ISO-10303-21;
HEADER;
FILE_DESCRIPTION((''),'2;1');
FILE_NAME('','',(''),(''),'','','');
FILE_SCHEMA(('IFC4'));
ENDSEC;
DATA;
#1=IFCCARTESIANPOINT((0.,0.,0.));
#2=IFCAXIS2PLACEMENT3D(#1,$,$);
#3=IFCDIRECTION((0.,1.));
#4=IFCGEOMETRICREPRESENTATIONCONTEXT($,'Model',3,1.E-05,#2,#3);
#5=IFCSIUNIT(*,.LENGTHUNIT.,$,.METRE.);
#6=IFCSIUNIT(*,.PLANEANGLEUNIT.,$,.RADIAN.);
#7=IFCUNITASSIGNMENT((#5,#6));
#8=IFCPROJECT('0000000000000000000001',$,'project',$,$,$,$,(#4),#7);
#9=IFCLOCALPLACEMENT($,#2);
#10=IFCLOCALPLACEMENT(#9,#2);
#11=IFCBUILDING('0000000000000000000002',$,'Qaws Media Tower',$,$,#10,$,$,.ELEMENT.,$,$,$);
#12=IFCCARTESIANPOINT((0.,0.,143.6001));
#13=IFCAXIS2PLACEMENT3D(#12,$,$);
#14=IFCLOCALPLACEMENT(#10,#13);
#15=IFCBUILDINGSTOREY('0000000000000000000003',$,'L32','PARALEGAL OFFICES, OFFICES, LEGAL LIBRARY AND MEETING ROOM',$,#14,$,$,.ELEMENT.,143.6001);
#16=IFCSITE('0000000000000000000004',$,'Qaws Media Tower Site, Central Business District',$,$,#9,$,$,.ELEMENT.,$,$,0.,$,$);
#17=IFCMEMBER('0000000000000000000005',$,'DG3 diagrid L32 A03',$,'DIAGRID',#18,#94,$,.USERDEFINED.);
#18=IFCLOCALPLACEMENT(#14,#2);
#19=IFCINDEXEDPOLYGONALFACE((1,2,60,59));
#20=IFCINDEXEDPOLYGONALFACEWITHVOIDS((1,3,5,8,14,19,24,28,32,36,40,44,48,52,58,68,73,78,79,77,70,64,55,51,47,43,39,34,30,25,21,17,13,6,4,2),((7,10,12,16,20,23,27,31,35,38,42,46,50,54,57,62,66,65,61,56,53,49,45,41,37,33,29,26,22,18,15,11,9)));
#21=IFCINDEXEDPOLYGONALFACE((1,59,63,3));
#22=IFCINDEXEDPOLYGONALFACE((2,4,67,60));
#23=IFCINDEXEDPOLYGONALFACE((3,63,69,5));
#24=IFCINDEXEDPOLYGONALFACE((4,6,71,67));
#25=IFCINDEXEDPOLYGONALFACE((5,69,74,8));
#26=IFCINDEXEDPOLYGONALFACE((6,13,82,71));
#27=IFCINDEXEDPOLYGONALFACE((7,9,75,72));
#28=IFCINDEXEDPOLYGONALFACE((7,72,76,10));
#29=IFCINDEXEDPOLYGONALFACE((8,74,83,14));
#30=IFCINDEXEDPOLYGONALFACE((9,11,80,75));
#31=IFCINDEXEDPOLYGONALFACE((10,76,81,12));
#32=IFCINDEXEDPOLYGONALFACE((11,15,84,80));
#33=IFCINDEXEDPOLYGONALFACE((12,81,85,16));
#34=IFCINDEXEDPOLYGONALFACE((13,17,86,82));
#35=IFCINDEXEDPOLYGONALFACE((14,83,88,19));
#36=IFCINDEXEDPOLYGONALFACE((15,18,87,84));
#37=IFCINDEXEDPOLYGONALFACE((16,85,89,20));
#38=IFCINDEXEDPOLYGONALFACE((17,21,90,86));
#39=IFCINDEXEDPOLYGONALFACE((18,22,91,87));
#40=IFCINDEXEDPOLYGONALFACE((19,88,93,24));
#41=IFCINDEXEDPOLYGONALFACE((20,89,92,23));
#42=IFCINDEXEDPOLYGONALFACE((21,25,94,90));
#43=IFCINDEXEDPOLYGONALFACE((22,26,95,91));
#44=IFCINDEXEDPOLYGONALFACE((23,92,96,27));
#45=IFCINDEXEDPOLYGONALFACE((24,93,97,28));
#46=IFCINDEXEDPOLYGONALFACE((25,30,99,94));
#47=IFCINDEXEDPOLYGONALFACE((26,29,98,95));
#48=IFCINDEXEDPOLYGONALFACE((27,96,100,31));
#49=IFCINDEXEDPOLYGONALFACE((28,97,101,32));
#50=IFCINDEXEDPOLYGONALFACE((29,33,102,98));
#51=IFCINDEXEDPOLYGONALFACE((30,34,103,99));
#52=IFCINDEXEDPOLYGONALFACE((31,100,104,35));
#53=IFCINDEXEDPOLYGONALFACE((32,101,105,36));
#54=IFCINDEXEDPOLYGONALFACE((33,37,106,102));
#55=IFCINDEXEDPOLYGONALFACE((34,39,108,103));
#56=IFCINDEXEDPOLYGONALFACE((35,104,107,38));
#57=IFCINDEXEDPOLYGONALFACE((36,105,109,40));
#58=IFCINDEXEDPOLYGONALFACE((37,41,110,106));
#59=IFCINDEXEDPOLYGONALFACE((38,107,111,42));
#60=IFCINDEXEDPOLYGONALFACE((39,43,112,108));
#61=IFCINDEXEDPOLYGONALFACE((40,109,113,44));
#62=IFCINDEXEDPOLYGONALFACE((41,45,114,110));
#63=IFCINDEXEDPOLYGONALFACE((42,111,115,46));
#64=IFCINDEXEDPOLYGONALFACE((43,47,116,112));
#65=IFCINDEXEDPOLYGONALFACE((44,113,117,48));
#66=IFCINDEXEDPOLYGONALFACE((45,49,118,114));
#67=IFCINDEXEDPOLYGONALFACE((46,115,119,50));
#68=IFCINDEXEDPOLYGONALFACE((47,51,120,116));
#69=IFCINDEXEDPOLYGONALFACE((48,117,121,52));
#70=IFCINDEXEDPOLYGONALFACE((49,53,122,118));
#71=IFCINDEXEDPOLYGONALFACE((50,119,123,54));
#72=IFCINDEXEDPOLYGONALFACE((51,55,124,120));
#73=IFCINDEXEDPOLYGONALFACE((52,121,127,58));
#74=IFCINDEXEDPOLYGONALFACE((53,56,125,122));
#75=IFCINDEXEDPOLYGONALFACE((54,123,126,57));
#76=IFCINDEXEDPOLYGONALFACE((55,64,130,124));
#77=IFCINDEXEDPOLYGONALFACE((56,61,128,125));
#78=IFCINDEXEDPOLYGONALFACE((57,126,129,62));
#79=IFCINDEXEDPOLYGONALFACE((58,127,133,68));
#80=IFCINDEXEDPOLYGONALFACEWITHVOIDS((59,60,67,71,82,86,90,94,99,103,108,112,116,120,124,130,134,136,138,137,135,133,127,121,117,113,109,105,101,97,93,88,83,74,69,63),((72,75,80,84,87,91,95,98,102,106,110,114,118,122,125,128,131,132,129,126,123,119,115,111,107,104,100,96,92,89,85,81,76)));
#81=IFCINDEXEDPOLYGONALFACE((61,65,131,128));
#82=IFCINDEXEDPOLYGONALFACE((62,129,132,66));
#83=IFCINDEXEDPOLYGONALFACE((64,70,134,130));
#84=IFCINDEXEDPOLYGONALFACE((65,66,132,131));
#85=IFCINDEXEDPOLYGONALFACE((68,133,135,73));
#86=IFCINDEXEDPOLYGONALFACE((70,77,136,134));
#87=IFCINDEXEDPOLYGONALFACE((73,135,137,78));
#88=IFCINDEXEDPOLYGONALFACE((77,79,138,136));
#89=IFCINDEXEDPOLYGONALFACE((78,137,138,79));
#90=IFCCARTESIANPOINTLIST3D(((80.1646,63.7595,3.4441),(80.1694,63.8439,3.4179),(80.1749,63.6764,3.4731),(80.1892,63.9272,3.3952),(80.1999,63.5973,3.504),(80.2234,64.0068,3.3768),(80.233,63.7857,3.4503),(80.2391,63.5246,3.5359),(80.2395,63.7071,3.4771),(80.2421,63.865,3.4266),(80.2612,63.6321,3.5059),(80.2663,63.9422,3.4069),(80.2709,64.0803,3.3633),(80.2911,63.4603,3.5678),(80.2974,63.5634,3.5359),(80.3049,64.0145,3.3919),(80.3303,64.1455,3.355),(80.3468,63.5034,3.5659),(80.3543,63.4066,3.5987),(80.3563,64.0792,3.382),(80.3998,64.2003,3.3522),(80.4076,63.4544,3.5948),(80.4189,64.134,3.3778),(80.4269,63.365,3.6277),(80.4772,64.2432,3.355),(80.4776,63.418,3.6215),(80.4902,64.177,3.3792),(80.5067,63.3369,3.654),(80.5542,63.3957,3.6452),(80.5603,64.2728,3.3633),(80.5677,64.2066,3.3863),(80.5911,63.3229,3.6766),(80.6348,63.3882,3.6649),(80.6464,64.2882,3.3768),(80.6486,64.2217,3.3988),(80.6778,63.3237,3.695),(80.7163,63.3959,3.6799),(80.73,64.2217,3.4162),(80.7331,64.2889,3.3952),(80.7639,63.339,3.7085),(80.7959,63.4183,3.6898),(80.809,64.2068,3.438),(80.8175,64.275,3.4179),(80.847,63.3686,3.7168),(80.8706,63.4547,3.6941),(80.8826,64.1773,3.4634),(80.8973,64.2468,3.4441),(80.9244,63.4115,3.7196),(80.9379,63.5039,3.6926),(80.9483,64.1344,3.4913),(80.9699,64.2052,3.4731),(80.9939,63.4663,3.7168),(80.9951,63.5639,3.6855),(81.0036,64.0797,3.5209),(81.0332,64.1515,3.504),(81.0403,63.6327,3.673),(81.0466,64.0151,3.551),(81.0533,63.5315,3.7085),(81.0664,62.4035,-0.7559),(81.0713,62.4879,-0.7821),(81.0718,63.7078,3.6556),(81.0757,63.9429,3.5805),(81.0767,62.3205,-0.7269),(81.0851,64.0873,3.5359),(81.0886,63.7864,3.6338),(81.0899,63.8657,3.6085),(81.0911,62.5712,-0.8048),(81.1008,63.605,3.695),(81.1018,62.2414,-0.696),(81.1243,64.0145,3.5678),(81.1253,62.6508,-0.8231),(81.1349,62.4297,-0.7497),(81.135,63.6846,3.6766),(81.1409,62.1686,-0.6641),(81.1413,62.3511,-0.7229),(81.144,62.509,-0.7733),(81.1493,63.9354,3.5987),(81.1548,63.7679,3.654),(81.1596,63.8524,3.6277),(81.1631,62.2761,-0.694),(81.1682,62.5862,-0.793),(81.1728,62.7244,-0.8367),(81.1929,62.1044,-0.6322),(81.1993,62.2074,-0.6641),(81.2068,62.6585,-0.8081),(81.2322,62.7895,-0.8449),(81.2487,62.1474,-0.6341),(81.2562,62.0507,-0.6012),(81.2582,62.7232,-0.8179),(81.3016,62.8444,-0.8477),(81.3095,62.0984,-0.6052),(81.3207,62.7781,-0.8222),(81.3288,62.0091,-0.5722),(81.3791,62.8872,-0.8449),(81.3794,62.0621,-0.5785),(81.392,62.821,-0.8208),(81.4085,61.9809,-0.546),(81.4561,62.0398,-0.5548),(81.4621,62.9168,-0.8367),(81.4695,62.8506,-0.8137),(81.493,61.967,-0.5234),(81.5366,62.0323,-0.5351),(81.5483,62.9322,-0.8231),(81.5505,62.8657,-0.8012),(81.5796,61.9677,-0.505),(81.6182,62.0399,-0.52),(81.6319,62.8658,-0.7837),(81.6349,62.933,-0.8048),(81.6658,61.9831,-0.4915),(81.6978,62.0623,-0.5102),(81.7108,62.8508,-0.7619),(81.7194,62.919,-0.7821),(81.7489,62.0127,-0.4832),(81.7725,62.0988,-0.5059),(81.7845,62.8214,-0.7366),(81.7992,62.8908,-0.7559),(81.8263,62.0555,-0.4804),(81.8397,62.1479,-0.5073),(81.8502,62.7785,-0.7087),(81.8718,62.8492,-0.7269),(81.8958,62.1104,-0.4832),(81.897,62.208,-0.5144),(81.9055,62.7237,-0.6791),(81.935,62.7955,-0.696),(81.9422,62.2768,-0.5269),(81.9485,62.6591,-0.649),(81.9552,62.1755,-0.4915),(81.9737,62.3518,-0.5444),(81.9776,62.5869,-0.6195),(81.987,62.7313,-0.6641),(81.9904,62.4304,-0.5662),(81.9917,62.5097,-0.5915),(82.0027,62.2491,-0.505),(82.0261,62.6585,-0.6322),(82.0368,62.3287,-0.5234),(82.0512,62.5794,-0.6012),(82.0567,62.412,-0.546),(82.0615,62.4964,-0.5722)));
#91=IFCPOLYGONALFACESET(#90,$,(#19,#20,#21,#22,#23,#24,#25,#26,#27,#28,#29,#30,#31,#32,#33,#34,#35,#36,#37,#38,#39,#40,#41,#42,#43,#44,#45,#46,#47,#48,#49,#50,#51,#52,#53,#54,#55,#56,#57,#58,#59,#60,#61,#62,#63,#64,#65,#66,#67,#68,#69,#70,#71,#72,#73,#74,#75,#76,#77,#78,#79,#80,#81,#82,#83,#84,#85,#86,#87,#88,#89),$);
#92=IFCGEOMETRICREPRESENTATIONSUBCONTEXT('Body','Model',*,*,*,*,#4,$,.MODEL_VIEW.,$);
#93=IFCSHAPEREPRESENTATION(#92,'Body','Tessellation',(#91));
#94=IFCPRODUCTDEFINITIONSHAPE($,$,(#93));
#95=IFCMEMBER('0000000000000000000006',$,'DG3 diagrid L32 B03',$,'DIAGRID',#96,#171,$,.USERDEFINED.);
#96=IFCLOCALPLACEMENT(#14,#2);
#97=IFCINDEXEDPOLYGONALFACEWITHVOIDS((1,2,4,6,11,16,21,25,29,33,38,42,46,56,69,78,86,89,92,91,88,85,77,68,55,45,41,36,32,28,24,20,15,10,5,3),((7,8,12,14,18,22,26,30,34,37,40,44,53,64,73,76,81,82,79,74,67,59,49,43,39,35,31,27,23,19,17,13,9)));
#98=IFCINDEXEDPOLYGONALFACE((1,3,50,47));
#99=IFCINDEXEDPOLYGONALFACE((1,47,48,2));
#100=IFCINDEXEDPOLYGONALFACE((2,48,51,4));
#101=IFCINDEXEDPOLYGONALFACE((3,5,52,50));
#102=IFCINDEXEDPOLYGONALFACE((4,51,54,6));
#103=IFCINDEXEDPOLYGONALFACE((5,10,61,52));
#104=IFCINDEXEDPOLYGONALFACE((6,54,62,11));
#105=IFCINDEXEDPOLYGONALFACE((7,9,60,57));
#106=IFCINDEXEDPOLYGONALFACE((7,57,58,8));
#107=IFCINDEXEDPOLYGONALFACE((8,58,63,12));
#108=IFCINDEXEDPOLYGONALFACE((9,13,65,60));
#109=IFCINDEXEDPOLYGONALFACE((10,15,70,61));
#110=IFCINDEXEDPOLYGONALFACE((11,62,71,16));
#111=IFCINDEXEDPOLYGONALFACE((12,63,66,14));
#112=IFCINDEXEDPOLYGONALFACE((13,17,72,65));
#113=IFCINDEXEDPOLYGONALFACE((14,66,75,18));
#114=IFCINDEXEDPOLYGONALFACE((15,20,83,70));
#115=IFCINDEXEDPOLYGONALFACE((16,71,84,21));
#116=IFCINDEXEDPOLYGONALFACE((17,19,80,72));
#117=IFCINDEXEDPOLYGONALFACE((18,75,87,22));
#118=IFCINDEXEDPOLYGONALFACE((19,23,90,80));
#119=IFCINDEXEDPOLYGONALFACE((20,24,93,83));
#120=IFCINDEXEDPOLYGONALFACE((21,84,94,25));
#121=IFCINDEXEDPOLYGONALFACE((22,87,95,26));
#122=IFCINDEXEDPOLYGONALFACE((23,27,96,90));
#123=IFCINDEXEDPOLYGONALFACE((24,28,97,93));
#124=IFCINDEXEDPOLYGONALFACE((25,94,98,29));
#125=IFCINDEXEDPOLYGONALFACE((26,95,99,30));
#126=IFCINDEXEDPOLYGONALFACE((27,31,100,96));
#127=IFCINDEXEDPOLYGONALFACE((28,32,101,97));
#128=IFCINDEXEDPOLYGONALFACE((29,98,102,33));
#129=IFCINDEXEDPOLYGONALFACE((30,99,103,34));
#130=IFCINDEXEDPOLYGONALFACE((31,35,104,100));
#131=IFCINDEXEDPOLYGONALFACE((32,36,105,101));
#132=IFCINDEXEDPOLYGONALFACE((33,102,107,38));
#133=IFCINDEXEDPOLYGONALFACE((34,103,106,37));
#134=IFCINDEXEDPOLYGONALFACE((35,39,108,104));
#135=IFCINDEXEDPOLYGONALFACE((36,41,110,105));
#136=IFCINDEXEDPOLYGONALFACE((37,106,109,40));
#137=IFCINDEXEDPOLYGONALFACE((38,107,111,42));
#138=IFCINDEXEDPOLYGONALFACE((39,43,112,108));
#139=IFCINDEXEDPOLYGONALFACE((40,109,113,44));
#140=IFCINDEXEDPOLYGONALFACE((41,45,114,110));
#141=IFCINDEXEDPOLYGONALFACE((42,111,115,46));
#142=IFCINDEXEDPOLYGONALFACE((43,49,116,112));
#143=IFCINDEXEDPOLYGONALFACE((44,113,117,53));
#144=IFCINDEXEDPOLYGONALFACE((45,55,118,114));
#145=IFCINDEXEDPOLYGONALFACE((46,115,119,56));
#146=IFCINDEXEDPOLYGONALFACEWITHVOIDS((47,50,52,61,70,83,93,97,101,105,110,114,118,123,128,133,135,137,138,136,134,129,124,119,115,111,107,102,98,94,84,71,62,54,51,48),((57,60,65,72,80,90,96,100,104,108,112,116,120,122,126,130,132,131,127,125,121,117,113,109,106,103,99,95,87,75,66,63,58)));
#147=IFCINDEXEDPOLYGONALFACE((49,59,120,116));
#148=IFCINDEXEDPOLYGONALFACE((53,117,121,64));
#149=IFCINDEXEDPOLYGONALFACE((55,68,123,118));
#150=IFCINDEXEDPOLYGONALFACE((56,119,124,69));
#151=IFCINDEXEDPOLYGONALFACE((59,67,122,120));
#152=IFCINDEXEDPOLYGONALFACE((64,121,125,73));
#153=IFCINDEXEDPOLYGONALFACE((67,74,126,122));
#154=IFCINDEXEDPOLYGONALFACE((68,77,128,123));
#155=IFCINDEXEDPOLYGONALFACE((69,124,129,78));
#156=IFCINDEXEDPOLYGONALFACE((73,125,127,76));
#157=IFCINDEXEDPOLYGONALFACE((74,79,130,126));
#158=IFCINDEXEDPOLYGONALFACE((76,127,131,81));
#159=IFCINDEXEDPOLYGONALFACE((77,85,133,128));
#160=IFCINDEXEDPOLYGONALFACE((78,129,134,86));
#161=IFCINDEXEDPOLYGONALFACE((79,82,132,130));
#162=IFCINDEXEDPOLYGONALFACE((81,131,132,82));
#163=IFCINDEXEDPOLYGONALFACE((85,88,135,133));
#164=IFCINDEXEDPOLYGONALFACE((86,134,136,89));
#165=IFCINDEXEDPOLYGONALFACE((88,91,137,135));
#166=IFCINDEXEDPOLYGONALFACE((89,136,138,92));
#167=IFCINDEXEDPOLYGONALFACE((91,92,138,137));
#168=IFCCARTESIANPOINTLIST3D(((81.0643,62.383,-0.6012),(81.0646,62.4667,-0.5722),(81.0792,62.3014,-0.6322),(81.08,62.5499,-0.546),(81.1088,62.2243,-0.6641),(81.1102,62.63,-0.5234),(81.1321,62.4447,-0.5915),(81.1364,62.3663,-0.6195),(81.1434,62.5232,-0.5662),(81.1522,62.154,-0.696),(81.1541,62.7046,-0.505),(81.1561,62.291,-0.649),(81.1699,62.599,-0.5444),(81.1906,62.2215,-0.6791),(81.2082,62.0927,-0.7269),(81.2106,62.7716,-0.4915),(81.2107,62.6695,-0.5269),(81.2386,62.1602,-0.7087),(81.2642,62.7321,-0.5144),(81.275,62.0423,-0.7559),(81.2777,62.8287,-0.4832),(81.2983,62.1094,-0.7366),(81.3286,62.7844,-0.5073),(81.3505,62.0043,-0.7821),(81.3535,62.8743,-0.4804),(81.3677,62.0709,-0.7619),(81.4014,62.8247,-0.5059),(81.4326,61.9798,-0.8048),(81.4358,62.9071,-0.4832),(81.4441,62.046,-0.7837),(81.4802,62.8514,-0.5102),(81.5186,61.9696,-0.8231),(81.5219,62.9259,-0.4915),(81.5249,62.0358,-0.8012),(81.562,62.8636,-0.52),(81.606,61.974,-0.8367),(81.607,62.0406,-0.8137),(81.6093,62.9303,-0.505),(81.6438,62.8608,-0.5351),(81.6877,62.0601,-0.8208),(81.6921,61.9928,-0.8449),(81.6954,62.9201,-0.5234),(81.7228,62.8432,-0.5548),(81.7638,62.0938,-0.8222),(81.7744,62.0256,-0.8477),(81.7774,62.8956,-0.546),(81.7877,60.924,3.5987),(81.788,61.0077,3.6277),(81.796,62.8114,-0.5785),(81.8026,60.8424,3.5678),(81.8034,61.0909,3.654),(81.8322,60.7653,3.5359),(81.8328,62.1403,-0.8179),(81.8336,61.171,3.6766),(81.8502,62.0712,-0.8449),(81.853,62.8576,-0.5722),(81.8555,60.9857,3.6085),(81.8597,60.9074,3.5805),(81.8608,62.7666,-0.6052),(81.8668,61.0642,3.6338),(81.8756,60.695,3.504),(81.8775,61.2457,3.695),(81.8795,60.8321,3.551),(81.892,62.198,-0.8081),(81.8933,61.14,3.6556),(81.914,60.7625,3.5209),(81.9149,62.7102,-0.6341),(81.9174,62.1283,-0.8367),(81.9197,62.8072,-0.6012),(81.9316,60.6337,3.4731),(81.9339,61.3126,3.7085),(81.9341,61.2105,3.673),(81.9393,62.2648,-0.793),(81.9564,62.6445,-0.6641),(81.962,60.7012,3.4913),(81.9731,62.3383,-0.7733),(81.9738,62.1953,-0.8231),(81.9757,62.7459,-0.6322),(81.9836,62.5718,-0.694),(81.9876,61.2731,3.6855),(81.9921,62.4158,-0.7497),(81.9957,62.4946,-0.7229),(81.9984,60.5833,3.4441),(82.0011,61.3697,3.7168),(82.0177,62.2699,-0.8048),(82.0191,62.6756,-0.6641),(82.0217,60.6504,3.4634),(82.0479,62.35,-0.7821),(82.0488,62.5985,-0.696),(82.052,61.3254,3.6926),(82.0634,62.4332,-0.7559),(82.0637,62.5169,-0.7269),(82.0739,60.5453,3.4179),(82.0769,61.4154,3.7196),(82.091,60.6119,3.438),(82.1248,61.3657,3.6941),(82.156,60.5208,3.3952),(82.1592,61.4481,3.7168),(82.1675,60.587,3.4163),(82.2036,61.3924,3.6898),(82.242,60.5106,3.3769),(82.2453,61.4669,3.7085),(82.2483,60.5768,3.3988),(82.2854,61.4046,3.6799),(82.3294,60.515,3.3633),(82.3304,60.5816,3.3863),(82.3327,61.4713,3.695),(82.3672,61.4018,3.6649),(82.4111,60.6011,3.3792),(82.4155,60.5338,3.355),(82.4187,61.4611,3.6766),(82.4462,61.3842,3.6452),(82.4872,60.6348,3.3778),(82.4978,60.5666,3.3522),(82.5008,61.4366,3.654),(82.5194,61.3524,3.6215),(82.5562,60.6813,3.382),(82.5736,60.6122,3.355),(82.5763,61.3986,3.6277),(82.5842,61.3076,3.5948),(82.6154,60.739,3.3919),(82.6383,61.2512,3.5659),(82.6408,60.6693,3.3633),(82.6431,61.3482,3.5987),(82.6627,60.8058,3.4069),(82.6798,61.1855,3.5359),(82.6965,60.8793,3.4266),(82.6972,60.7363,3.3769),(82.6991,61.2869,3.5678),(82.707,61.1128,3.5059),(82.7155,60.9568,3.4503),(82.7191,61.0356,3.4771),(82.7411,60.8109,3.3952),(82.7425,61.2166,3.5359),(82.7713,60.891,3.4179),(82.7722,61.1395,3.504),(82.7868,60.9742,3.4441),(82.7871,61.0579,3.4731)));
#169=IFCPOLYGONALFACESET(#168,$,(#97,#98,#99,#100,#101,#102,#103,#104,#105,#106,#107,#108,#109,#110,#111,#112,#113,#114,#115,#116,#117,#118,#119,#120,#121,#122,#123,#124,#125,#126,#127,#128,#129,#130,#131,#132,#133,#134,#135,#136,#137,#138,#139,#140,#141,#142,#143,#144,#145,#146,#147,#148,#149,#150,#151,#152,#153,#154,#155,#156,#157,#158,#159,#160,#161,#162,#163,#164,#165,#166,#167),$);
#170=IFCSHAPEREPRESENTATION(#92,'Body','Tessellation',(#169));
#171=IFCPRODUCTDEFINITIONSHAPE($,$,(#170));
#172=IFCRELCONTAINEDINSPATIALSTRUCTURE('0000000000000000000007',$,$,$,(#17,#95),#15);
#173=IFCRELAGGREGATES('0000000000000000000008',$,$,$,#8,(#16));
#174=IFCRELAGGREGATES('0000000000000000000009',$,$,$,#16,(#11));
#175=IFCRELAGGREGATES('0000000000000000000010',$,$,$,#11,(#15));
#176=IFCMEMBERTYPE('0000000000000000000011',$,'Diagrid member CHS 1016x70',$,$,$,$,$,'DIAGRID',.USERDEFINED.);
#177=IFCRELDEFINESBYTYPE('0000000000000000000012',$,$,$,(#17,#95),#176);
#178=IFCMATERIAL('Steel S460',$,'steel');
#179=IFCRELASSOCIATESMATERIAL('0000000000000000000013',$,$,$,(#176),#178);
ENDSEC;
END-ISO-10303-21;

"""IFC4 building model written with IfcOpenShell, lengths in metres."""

from ifc_helpers import new_model, si_unit, direction, frame, origin, origin_2d, place, context, subcontext, project, spatial, hollow_circle, extrude, material, material_profile, profile_set, type_object, element, save


model = new_model("IFC4")

# Units and contexts
model_context = context("Model", 3, precision=1e-05, world=origin(), true_north=direction((0.0, 1.0)))
body_context = subcontext(model_context, "Body", "Model", "MODEL_VIEW")
ifc_project = project(units=[si_unit("LENGTHUNIT", "METRE"), si_unit("PLANEANGLEUNIT", "RADIAN")], contexts=[model_context])

# Site, building, storey
site_placement = place(None, origin())
site = spatial("IfcSite", under=ifc_project, at=site_placement, Name="Qaws Media Tower Site, Central Business District", CompositionType="ELEMENT", RefElevation=0.0)
building_placement = place(site_placement, origin())
building = spatial("IfcBuilding", under=site, at=building_placement, Name="Qaws Media Tower", CompositionType="ELEMENT")
storey_placement = place(building_placement, frame((0.0, 0.0, 143.6001)))
storey = spatial("IfcBuildingStorey", under=building, at=storey_placement, Name="L32", Description="PARALEGAL OFFICES, OFFICES, LEGAL LIBRARY AND MEETING ROOM", CompositionType="ELEMENT", Elevation=143.6001)

# Members
ifc_material_1 = material(Name="Steel S460", Category="steel")
ifc_material_profile_1 = material_profile(ifc_material_1, hollow_circle(Radius=0.5081, WallThickness=0.0701, at=origin_2d()), Name="CHS 1016x70")
ifc_profile_set_1 = profile_set([ifc_material_profile_1], Name="Steel S460")
member_type_1 = type_object("IfcMemberType", Name="Diagrid member CHS 1016x70", ElementType="DIAGRID", PredefinedType="USERDEFINED", material=ifc_profile_set_1)
for number, where, z_axis, x_axis, name in (
    (1, (81.564, 62.45, -0.6641), (-0.200207, 0.301015, 0.932366), (-0.832649, -0.5538, 0.0), "DG3 diagrid L32 A03"),
    (2, (81.564, 62.45, -0.6641), (0.160589, -0.323887, 0.932367), (0.895921, 0.444213, 0.0), "DG3 diagrid L32 B03"),
):
    element("IfcMember", number, at=place(storey_placement, frame(where, z_axis=z_axis, x_axis=x_axis)), inside=storey, type_object=member_type_1, Name=name, ObjectType="DIAGRID", PredefinedType="USERDEFINED", context=body_context, shape_type="SweptSolid", body=[
        extrude(hollow_circle(Radius=0.5081, WallThickness=0.0701, at=origin_2d()), origin(), (0.0, 0.0, 1.0), 4.5046),
    ])

save(model, "model.ifc")
